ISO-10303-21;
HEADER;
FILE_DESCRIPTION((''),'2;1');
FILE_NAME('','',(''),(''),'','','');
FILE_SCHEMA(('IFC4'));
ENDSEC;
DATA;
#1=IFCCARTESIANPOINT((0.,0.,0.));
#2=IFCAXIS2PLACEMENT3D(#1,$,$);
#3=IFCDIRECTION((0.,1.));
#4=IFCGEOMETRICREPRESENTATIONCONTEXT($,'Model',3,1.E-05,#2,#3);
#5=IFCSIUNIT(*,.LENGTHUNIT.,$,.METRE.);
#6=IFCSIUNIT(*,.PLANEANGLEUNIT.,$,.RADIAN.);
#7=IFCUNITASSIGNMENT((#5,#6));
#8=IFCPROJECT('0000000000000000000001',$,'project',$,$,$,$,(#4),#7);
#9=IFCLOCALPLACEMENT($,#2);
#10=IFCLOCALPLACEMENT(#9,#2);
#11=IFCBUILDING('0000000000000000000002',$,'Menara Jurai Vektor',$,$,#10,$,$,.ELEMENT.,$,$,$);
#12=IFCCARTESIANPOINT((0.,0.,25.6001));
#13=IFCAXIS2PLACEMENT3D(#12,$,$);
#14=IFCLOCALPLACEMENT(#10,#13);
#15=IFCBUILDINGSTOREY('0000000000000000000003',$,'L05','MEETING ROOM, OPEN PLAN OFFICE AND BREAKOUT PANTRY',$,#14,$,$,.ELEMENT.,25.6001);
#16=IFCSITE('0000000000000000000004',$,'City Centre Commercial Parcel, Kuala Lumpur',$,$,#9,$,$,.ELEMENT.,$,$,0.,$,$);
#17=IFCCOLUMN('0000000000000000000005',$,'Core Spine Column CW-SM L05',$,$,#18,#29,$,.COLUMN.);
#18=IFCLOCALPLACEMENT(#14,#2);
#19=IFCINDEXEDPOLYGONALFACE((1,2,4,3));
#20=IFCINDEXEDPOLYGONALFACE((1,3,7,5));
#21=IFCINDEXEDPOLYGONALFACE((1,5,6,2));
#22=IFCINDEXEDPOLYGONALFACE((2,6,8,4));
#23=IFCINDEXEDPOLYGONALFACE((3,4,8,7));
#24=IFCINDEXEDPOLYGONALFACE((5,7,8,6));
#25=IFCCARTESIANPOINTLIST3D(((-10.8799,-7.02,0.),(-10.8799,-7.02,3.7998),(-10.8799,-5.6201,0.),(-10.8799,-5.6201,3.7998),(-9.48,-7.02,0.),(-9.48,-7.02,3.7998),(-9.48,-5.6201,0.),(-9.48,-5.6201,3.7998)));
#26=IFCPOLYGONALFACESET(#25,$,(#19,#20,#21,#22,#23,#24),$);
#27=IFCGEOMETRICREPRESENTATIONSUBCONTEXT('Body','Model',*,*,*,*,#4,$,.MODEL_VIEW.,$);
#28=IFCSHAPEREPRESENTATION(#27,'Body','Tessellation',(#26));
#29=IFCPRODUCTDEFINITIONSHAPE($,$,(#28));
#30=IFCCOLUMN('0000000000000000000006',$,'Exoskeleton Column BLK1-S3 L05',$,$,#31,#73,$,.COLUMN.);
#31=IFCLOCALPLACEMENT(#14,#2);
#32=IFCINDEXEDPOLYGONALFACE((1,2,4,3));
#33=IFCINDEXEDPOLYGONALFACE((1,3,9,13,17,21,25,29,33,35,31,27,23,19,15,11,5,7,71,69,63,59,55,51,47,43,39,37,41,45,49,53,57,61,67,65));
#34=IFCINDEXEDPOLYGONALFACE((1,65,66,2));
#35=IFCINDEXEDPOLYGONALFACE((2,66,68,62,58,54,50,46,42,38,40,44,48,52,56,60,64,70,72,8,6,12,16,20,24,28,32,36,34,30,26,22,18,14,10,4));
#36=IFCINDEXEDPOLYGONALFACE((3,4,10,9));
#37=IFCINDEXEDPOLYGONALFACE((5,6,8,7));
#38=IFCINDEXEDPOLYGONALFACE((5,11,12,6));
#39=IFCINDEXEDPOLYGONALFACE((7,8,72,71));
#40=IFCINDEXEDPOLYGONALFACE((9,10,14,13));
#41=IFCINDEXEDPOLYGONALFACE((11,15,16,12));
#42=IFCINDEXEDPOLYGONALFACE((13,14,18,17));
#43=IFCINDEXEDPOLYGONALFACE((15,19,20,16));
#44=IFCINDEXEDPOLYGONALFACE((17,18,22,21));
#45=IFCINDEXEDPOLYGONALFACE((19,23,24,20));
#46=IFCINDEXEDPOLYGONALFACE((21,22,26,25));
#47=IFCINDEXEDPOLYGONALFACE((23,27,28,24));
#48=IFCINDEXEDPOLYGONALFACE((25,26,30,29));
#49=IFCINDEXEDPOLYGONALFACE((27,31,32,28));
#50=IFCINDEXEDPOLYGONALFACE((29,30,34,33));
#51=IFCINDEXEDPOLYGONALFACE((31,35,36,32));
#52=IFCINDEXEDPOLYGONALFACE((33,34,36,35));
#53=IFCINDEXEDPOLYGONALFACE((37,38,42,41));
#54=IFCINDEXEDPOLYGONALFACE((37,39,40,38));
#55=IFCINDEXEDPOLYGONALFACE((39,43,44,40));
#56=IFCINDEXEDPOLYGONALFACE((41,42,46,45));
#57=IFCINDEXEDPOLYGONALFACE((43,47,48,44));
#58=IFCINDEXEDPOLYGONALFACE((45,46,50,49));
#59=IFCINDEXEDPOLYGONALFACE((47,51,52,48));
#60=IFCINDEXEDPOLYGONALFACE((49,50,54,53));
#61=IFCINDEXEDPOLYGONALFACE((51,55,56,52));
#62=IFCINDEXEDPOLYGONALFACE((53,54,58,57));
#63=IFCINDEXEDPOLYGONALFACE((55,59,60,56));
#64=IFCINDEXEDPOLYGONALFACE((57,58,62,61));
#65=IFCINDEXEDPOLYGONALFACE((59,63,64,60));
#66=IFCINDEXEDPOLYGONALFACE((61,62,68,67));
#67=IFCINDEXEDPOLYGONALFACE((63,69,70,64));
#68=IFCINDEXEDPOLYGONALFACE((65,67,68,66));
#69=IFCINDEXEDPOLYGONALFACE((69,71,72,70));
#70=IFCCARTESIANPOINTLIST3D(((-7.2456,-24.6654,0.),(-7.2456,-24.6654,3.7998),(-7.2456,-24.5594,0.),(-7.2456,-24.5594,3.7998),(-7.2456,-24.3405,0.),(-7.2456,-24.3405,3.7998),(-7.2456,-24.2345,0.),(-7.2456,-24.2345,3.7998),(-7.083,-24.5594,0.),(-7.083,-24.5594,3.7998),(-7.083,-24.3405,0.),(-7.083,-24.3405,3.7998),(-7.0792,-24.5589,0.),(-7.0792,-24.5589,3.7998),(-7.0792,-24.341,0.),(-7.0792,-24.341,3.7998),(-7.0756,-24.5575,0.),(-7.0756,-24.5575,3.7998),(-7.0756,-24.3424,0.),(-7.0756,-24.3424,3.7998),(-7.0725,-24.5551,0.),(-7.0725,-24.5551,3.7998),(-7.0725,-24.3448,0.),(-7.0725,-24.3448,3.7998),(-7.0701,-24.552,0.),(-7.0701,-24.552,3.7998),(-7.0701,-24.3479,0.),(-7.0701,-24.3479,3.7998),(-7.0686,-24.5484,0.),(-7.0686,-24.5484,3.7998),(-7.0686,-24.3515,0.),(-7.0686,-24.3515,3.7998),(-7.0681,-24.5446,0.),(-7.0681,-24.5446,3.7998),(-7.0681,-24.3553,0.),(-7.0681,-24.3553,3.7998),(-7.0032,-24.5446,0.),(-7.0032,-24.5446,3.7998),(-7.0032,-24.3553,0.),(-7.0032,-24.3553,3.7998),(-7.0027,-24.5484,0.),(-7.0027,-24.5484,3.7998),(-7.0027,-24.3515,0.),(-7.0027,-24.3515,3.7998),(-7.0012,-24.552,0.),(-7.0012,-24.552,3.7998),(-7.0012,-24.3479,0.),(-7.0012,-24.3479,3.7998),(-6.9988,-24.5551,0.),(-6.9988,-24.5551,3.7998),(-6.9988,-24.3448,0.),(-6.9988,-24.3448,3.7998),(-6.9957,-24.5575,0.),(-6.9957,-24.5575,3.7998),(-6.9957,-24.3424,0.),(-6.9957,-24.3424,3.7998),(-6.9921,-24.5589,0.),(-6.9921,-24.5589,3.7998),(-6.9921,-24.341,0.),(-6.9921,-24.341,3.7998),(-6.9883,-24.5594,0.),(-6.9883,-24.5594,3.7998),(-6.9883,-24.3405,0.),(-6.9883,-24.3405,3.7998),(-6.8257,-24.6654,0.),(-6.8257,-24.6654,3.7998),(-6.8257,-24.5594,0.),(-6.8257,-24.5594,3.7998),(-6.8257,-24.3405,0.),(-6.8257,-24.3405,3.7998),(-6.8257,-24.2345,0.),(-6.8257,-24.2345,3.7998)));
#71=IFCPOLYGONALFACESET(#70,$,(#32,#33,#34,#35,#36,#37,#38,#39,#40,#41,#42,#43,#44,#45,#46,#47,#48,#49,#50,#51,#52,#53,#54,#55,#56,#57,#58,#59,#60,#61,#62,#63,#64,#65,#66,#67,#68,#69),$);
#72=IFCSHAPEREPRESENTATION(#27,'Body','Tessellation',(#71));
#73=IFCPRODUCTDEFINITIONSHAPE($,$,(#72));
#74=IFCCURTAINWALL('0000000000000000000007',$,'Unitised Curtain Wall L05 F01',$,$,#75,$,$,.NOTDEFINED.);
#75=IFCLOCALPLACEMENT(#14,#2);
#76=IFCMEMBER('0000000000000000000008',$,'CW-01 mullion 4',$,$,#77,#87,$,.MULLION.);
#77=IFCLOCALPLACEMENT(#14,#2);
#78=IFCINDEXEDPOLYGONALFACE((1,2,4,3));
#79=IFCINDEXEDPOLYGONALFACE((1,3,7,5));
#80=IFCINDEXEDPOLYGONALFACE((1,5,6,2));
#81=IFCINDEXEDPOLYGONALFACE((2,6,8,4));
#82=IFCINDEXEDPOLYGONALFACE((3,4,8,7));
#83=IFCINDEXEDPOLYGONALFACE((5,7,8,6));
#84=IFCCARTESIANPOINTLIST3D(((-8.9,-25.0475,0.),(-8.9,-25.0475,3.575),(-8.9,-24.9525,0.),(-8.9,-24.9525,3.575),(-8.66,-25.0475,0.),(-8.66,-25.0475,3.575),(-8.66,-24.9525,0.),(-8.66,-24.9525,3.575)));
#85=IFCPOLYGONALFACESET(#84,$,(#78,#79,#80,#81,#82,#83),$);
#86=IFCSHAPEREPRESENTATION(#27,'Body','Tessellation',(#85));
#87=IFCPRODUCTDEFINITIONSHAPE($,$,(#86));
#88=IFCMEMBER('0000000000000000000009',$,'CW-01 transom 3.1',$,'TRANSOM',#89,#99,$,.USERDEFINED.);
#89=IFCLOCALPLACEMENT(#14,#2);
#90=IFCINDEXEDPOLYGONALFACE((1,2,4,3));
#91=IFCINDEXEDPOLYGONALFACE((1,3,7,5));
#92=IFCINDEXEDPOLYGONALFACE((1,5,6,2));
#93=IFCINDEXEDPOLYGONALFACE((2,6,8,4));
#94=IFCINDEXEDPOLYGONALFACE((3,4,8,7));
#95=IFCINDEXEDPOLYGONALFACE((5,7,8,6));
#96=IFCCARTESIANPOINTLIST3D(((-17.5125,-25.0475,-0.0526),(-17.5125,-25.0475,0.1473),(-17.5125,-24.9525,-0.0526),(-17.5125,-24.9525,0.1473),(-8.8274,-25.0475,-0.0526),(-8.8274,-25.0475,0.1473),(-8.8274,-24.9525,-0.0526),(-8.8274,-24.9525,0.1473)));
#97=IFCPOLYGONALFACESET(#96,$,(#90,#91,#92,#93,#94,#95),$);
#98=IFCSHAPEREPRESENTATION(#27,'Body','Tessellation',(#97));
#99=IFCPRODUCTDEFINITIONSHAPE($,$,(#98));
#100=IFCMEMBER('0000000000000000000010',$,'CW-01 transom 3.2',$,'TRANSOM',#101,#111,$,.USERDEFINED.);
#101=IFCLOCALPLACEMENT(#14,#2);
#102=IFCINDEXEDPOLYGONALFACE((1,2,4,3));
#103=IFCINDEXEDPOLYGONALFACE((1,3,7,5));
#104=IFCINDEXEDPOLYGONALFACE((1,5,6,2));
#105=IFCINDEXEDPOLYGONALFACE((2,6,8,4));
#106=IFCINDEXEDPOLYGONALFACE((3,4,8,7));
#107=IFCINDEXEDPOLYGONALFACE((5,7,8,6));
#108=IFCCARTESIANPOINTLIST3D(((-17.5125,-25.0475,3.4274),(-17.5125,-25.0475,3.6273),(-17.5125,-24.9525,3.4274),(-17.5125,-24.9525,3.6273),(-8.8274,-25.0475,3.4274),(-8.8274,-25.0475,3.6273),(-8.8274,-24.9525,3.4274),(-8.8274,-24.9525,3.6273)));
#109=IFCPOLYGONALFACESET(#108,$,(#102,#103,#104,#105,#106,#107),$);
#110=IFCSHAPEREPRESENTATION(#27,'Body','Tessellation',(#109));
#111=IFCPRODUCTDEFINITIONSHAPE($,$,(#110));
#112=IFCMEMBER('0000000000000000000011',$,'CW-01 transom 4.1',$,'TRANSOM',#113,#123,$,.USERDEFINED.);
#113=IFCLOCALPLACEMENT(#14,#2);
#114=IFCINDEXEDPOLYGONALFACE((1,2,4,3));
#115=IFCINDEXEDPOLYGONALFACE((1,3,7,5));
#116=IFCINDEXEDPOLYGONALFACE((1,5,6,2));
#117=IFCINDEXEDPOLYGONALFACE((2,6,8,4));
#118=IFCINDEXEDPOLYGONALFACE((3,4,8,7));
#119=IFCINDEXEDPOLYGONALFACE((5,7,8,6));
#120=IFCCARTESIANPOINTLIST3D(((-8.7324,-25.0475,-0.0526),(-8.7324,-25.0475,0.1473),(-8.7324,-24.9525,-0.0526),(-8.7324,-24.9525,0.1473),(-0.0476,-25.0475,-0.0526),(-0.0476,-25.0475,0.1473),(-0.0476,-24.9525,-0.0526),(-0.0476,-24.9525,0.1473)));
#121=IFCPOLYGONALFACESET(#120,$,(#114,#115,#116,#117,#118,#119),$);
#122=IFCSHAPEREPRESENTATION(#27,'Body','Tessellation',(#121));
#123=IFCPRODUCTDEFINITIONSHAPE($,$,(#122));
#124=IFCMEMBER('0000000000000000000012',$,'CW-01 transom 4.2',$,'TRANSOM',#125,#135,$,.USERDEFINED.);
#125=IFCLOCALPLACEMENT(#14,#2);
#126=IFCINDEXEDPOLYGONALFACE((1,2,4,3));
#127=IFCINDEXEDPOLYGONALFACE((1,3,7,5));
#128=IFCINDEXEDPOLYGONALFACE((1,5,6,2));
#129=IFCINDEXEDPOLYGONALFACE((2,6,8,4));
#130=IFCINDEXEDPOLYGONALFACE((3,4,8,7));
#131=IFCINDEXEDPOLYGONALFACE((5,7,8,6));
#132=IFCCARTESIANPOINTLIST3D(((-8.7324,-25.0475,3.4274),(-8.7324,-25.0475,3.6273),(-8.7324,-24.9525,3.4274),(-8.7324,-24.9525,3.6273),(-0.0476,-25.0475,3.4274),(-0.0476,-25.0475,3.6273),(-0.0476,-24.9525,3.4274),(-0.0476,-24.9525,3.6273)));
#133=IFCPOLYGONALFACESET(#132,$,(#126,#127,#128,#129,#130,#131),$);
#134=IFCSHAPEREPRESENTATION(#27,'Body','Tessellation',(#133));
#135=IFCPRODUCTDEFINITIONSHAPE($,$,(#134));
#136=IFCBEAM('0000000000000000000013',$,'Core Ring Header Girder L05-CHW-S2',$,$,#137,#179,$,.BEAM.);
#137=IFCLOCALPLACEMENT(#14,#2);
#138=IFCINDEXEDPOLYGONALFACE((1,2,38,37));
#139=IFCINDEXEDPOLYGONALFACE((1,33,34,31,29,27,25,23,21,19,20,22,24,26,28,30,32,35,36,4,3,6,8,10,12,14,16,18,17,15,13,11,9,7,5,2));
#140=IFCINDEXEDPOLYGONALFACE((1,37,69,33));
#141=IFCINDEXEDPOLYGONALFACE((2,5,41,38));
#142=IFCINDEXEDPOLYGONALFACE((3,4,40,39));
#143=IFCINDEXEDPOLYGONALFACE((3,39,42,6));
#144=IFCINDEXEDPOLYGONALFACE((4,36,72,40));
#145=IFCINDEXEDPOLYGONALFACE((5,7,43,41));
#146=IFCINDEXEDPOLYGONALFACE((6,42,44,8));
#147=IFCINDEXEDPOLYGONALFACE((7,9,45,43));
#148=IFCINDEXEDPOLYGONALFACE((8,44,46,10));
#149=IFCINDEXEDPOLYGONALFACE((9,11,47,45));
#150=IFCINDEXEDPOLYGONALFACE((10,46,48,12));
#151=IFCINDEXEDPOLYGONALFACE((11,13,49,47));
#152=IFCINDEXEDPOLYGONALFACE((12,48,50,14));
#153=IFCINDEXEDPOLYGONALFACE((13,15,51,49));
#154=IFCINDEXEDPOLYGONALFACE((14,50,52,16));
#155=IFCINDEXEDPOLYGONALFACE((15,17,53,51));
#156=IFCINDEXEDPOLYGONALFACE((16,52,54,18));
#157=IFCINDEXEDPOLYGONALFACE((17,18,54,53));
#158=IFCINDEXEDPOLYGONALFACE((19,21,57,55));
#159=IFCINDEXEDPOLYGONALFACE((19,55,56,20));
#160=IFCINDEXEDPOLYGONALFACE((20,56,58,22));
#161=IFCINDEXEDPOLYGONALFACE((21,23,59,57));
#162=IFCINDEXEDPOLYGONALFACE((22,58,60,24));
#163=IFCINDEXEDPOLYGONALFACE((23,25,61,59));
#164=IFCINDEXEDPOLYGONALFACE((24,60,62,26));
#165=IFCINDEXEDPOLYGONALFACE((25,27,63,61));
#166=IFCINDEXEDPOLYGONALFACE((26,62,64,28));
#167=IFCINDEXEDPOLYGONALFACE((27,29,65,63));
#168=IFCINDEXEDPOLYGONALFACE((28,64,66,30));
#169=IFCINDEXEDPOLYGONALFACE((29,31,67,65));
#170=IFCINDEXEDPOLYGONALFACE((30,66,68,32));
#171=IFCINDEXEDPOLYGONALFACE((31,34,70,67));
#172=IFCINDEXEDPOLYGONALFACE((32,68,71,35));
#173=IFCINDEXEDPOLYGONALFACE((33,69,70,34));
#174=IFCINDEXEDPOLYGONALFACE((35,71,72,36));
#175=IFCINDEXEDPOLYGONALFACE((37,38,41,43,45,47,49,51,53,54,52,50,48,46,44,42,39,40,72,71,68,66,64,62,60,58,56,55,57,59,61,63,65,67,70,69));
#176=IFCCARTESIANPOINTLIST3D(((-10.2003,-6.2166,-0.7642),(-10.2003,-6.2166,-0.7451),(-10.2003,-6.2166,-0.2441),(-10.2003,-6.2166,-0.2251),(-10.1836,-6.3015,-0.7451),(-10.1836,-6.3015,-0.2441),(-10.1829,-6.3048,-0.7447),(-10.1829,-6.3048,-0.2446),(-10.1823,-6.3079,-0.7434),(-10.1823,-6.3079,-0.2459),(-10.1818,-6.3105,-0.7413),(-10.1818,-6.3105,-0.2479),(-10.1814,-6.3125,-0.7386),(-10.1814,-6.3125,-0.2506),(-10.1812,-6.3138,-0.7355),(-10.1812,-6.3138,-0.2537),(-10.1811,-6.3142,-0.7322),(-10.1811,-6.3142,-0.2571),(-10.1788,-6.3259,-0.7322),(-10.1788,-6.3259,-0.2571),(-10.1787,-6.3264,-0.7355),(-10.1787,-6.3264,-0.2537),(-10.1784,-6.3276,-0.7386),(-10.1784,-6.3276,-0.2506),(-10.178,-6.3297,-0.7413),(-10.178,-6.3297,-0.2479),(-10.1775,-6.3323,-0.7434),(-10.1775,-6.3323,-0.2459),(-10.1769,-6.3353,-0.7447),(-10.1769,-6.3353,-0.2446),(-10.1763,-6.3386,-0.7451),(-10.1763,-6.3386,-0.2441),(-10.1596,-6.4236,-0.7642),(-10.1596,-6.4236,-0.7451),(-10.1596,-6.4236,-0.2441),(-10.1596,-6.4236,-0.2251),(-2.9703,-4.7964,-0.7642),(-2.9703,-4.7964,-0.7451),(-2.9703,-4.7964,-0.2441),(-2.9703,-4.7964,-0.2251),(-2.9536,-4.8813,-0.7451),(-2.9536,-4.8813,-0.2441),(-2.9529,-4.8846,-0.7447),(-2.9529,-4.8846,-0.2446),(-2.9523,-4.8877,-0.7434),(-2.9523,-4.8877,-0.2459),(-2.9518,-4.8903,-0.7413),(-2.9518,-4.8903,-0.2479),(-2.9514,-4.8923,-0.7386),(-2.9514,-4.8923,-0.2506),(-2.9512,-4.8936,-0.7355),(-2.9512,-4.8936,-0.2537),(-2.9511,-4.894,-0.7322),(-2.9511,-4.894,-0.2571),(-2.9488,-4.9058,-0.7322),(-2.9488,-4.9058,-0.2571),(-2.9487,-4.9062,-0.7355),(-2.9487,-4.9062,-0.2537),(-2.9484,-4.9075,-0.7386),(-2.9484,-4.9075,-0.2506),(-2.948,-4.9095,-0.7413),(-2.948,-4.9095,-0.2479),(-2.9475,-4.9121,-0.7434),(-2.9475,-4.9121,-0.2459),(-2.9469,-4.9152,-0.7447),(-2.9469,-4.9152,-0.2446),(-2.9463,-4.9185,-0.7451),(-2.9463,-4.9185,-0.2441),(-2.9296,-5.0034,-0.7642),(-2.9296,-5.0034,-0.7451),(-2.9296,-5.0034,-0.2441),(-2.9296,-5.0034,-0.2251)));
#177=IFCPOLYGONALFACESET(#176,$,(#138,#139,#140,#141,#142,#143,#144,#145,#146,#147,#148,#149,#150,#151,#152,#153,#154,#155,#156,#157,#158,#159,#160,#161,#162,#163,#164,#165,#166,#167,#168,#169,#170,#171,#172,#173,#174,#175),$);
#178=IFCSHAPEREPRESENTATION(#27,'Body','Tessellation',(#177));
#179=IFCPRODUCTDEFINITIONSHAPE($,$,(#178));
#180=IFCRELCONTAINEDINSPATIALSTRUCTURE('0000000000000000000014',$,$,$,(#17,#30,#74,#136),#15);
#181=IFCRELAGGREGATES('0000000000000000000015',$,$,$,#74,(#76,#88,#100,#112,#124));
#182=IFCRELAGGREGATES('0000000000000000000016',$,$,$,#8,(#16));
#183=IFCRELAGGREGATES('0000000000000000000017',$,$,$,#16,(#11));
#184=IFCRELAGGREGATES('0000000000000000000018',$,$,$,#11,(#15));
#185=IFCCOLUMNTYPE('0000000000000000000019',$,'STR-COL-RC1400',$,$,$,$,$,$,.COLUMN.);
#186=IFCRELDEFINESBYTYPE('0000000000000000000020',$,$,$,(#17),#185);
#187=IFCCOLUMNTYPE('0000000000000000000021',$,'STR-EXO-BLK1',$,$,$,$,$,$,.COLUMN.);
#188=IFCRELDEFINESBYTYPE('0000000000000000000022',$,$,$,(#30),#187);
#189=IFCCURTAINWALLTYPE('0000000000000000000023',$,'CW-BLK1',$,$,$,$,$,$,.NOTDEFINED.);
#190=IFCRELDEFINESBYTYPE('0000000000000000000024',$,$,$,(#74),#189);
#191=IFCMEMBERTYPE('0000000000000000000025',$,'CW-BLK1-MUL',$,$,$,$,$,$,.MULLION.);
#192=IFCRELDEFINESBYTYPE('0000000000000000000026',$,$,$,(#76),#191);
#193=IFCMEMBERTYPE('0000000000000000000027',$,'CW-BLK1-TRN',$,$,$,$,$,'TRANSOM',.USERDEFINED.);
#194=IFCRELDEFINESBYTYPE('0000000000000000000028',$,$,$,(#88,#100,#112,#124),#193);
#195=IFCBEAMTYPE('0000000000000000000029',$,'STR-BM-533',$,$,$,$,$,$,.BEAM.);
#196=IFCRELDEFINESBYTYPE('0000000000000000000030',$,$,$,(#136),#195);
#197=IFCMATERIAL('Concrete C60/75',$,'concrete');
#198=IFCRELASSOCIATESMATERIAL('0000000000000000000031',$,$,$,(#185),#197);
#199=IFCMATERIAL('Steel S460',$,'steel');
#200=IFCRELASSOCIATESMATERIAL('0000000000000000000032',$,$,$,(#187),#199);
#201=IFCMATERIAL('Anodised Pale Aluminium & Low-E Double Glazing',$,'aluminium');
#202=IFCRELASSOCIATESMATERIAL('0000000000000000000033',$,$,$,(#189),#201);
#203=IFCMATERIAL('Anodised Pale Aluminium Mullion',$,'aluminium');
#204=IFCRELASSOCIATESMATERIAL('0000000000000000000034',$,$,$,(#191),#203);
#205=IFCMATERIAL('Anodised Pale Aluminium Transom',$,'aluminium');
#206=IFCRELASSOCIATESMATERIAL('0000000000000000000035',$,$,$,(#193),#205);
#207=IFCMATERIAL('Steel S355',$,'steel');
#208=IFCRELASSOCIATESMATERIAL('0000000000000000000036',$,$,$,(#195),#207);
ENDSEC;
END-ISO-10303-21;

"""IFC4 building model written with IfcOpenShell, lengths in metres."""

from ifc_helpers import new_model, si_unit, direction, frame, origin, origin_2d, place, context, subcontext, project, spatial, rectangle, i_section, extrude, material, material_profile, profile_set, type_object, element, aggregate, save


model = new_model("IFC4")

# Units and contexts
model_context = context("Model", 3, precision=1e-05, world=origin(), true_north=direction((0.0, 1.0)))
body_context = subcontext(model_context, "Body", "Model", "MODEL_VIEW")
ifc_project = project(units=[si_unit("LENGTHUNIT", "METRE"), si_unit("PLANEANGLEUNIT", "RADIAN")], contexts=[model_context])

# Site, building, storey
site_placement = place(None, origin())
site = spatial("IfcSite", under=ifc_project, at=site_placement, Name="City Centre Commercial Parcel, Kuala Lumpur", CompositionType="ELEMENT", RefElevation=0.0)
building_placement = place(site_placement, origin())
building = spatial("IfcBuilding", under=site, at=building_placement, Name="Menara Jurai Vektor", CompositionType="ELEMENT")
storey_placement = place(building_placement, frame((0.0, 0.0, 25.6001)))
storey = spatial("IfcBuildingStorey", under=building, at=storey_placement, Name="L05", Description="MEETING ROOM, OPEN PLAN OFFICE AND BREAKOUT PANTRY", CompositionType="ELEMENT", Elevation=25.6001)

# Columns
ifc_material_1 = material(Name="Concrete C60/75", Category="concrete")
ifc_material_profile_1 = material_profile(ifc_material_1, rectangle(XDim=1.3999, YDim=1.3999, at=origin_2d()), Name="RC 1400x1400")
ifc_profile_set_1 = profile_set([ifc_material_profile_1], Name="Concrete C60/75")
column_type_1 = type_object("IfcColumnType", Name="STR-COL-RC1400", PredefinedType="COLUMN", material=ifc_profile_set_1)
column_1_placement = place(storey_placement, frame((-10.1799, -6.3201, 0.0), z_axis=(0.0, 0.0, 1.0), x_axis=(1.0, 0.0, 0.0)))
element("IfcColumn", 1, at=column_1_placement, inside=storey, type_object=column_type_1, Name="Core Spine Column CW-SM L05", PredefinedType="COLUMN", context=body_context, shape_type="SweptSolid", body=[
    extrude(rectangle(XDim=1.3999, YDim=1.3999, at=origin_2d()), origin(), (0.0, 0.0, 1.0), 3.7998),
])
ifc_material_2 = material(Name="Steel S460", Category="steel")
ifc_material_profile_2 = material_profile(ifc_material_2, i_section(OverallWidth=0.4199, OverallDepth=0.4309, WebThickness=0.0649, FlangeThickness=0.106, FilletRadius=0.0149, at=origin_2d()), Name="HD 400x900")
ifc_profile_set_2 = profile_set([ifc_material_profile_2], Name="Steel S460")
column_type_2 = type_object("IfcColumnType", Name="STR-EXO-BLK1", PredefinedType="COLUMN", material=ifc_profile_set_2)
column_2_placement = place(storey_placement, frame((-7.0356, -24.45, 0.0), z_axis=(0.0, 0.0, 1.0), x_axis=(1.0, 0.0, 0.0)))
element("IfcColumn", 2, at=column_2_placement, inside=storey, type_object=column_type_2, Name="Exoskeleton Column BLK1-S3 L05", PredefinedType="COLUMN", context=body_context, shape_type="SweptSolid", body=[
    extrude(i_section(OverallWidth=0.4199, OverallDepth=0.4309, WebThickness=0.0649, FlangeThickness=0.106, FilletRadius=0.0149, at=origin_2d()), origin(), (0.0, 0.0, 1.0), 3.7998),
])

# Curtain wall, members
ifc_material_3 = material(Name="Anodised Pale Aluminium & Low-E Double Glazing", Category="aluminium")
curtain_wall_type = type_object("IfcCurtainWallType", Name="CW-BLK1", PredefinedType="NOTDEFINED", material=ifc_material_3)
curtain_wall_placement = place(storey_placement, origin())
curtain_wall = element("IfcCurtainWall", 3, at=curtain_wall_placement, inside=storey, type_object=curtain_wall_type, Name="Unitised Curtain Wall L05 F01", PredefinedType="NOTDEFINED")
ifc_material_4 = material(Name="Anodised Pale Aluminium Mullion", Category="aluminium")
ifc_material_profile_3 = material_profile(ifc_material_4, rectangle(XDim=0.095, YDim=0.24, at=origin_2d()), Name="ALU MUL 95x240")
ifc_profile_set_3 = profile_set([ifc_material_profile_3], Name="Anodised Pale Aluminium Mullion")
member_type_1 = type_object("IfcMemberType", Name="CW-BLK1-MUL", PredefinedType="MULLION", material=ifc_profile_set_3)
member_1_placement = place(storey_placement, frame((-8.78, -25.0, 0.0), z_axis=(0.0, 0.0, 1.0), x_axis=(0.0, 1.0, 0.0)))
member_1 = element("IfcMember", 4, at=member_1_placement, type_object=member_type_1, Name="CW-01 mullion 4", PredefinedType="MULLION", context=body_context, shape_type="SweptSolid", body=[
    extrude(rectangle(XDim=0.095, YDim=0.24, at=origin_2d()), origin(), (0.0, 0.0, 1.0), 3.575),
])
ifc_material_5 = material(Name="Anodised Pale Aluminium Transom", Category="aluminium")
ifc_material_profile_4 = material_profile(ifc_material_5, rectangle(XDim=0.095, YDim=0.2, at=origin_2d()), Name="ALU TRN 95x200")
ifc_profile_set_4 = profile_set([ifc_material_profile_4], Name="Anodised Pale Aluminium Transom")
member_type_2 = type_object("IfcMemberType", Name="CW-BLK1-TRN", ElementType="TRANSOM", PredefinedType="USERDEFINED", material=ifc_profile_set_4)
member_2_placement = place(storey_placement, frame((-17.5125, -25.0, 0.0474), z_axis=(1.0, 0.0, 0.0), x_axis=(0.0, 1.0, 0.0)))
member_2 = element("IfcMember", 5, at=member_2_placement, type_object=member_type_2, Name="CW-01 transom 3.1", ObjectType="TRANSOM", PredefinedType="USERDEFINED", context=body_context, shape_type="SweptSolid", body=[
    extrude(rectangle(XDim=0.095, YDim=0.2, at=origin_2d()), origin(), (0.0, 0.0, 1.0), 8.6851),
])
member_3_placement = place(storey_placement, frame((-17.5125, -25.0, 3.5273), z_axis=(1.0, 0.0, 0.0), x_axis=(0.0, 1.0, 0.0)))
member_3 = element("IfcMember", 6, at=member_3_placement, type_object=member_type_2, Name="CW-01 transom 3.2", ObjectType="TRANSOM", PredefinedType="USERDEFINED", context=body_context, shape_type="SweptSolid", body=[
    extrude(rectangle(XDim=0.095, YDim=0.2, at=origin_2d()), origin(), (0.0, 0.0, 1.0), 8.6851),
])
member_4_placement = place(storey_placement, frame((-8.7324, -25.0, 0.0474), z_axis=(1.0, 0.0, 0.0), x_axis=(0.0, 1.0, 0.0)))
member_4 = element("IfcMember", 7, at=member_4_placement, type_object=member_type_2, Name="CW-01 transom 4.1", ObjectType="TRANSOM", PredefinedType="USERDEFINED", context=body_context, shape_type="SweptSolid", body=[
    extrude(rectangle(XDim=0.095, YDim=0.2, at=origin_2d()), origin(), (0.0, 0.0, 1.0), 8.6848),
])
member_5_placement = place(storey_placement, frame((-8.7324, -25.0, 3.5273), z_axis=(1.0, 0.0, 0.0), x_axis=(0.0, 1.0, 0.0)))
member_5 = element("IfcMember", 8, at=member_5_placement, type_object=member_type_2, Name="CW-01 transom 4.2", ObjectType="TRANSOM", PredefinedType="USERDEFINED", context=body_context, shape_type="SweptSolid", body=[
    extrude(rectangle(XDim=0.095, YDim=0.2, at=origin_2d()), origin(), (0.0, 0.0, 1.0), 8.6848),
])

# Beam
ifc_material_6 = material(Name="Steel S355", Category="steel")
ifc_material_profile_5 = material_profile(ifc_material_6, i_section(OverallWidth=0.2109, OverallDepth=0.5391, WebThickness=0.012, FlangeThickness=0.019, FilletRadius=0.0129, at=origin_2d()), Name="UKB 533x210x109")
ifc_profile_set_5 = profile_set([ifc_material_profile_5], Name="Steel S355")
beam_type_1 = type_object("IfcBeamType", Name="STR-BM-533", PredefinedType="BEAM", material=ifc_profile_set_5)
beam_1_placement = place(storey_placement, frame((-10.1799, -6.3201, -0.4946), z_axis=(0.981249, 0.192744, 0.0), x_axis=(-0.192744, 0.981249, 0.0)))
element("IfcBeam", 9, at=beam_1_placement, inside=storey, type_object=beam_type_1, Name="Core Ring Header Girder L05-CHW-S2", PredefinedType="BEAM", context=body_context, shape_type="SweptSolid", body=[
    extrude(i_section(OverallWidth=0.2109, OverallDepth=0.5391, WebThickness=0.012, FlangeThickness=0.019, FilletRadius=0.0129, at=origin_2d()), origin(), (0.0, 0.0, 1.0), 7.3682),
])

aggregate(curtain_wall, [member_1, member_2, member_3, member_4, member_5])

save(model, "model.ifc")
